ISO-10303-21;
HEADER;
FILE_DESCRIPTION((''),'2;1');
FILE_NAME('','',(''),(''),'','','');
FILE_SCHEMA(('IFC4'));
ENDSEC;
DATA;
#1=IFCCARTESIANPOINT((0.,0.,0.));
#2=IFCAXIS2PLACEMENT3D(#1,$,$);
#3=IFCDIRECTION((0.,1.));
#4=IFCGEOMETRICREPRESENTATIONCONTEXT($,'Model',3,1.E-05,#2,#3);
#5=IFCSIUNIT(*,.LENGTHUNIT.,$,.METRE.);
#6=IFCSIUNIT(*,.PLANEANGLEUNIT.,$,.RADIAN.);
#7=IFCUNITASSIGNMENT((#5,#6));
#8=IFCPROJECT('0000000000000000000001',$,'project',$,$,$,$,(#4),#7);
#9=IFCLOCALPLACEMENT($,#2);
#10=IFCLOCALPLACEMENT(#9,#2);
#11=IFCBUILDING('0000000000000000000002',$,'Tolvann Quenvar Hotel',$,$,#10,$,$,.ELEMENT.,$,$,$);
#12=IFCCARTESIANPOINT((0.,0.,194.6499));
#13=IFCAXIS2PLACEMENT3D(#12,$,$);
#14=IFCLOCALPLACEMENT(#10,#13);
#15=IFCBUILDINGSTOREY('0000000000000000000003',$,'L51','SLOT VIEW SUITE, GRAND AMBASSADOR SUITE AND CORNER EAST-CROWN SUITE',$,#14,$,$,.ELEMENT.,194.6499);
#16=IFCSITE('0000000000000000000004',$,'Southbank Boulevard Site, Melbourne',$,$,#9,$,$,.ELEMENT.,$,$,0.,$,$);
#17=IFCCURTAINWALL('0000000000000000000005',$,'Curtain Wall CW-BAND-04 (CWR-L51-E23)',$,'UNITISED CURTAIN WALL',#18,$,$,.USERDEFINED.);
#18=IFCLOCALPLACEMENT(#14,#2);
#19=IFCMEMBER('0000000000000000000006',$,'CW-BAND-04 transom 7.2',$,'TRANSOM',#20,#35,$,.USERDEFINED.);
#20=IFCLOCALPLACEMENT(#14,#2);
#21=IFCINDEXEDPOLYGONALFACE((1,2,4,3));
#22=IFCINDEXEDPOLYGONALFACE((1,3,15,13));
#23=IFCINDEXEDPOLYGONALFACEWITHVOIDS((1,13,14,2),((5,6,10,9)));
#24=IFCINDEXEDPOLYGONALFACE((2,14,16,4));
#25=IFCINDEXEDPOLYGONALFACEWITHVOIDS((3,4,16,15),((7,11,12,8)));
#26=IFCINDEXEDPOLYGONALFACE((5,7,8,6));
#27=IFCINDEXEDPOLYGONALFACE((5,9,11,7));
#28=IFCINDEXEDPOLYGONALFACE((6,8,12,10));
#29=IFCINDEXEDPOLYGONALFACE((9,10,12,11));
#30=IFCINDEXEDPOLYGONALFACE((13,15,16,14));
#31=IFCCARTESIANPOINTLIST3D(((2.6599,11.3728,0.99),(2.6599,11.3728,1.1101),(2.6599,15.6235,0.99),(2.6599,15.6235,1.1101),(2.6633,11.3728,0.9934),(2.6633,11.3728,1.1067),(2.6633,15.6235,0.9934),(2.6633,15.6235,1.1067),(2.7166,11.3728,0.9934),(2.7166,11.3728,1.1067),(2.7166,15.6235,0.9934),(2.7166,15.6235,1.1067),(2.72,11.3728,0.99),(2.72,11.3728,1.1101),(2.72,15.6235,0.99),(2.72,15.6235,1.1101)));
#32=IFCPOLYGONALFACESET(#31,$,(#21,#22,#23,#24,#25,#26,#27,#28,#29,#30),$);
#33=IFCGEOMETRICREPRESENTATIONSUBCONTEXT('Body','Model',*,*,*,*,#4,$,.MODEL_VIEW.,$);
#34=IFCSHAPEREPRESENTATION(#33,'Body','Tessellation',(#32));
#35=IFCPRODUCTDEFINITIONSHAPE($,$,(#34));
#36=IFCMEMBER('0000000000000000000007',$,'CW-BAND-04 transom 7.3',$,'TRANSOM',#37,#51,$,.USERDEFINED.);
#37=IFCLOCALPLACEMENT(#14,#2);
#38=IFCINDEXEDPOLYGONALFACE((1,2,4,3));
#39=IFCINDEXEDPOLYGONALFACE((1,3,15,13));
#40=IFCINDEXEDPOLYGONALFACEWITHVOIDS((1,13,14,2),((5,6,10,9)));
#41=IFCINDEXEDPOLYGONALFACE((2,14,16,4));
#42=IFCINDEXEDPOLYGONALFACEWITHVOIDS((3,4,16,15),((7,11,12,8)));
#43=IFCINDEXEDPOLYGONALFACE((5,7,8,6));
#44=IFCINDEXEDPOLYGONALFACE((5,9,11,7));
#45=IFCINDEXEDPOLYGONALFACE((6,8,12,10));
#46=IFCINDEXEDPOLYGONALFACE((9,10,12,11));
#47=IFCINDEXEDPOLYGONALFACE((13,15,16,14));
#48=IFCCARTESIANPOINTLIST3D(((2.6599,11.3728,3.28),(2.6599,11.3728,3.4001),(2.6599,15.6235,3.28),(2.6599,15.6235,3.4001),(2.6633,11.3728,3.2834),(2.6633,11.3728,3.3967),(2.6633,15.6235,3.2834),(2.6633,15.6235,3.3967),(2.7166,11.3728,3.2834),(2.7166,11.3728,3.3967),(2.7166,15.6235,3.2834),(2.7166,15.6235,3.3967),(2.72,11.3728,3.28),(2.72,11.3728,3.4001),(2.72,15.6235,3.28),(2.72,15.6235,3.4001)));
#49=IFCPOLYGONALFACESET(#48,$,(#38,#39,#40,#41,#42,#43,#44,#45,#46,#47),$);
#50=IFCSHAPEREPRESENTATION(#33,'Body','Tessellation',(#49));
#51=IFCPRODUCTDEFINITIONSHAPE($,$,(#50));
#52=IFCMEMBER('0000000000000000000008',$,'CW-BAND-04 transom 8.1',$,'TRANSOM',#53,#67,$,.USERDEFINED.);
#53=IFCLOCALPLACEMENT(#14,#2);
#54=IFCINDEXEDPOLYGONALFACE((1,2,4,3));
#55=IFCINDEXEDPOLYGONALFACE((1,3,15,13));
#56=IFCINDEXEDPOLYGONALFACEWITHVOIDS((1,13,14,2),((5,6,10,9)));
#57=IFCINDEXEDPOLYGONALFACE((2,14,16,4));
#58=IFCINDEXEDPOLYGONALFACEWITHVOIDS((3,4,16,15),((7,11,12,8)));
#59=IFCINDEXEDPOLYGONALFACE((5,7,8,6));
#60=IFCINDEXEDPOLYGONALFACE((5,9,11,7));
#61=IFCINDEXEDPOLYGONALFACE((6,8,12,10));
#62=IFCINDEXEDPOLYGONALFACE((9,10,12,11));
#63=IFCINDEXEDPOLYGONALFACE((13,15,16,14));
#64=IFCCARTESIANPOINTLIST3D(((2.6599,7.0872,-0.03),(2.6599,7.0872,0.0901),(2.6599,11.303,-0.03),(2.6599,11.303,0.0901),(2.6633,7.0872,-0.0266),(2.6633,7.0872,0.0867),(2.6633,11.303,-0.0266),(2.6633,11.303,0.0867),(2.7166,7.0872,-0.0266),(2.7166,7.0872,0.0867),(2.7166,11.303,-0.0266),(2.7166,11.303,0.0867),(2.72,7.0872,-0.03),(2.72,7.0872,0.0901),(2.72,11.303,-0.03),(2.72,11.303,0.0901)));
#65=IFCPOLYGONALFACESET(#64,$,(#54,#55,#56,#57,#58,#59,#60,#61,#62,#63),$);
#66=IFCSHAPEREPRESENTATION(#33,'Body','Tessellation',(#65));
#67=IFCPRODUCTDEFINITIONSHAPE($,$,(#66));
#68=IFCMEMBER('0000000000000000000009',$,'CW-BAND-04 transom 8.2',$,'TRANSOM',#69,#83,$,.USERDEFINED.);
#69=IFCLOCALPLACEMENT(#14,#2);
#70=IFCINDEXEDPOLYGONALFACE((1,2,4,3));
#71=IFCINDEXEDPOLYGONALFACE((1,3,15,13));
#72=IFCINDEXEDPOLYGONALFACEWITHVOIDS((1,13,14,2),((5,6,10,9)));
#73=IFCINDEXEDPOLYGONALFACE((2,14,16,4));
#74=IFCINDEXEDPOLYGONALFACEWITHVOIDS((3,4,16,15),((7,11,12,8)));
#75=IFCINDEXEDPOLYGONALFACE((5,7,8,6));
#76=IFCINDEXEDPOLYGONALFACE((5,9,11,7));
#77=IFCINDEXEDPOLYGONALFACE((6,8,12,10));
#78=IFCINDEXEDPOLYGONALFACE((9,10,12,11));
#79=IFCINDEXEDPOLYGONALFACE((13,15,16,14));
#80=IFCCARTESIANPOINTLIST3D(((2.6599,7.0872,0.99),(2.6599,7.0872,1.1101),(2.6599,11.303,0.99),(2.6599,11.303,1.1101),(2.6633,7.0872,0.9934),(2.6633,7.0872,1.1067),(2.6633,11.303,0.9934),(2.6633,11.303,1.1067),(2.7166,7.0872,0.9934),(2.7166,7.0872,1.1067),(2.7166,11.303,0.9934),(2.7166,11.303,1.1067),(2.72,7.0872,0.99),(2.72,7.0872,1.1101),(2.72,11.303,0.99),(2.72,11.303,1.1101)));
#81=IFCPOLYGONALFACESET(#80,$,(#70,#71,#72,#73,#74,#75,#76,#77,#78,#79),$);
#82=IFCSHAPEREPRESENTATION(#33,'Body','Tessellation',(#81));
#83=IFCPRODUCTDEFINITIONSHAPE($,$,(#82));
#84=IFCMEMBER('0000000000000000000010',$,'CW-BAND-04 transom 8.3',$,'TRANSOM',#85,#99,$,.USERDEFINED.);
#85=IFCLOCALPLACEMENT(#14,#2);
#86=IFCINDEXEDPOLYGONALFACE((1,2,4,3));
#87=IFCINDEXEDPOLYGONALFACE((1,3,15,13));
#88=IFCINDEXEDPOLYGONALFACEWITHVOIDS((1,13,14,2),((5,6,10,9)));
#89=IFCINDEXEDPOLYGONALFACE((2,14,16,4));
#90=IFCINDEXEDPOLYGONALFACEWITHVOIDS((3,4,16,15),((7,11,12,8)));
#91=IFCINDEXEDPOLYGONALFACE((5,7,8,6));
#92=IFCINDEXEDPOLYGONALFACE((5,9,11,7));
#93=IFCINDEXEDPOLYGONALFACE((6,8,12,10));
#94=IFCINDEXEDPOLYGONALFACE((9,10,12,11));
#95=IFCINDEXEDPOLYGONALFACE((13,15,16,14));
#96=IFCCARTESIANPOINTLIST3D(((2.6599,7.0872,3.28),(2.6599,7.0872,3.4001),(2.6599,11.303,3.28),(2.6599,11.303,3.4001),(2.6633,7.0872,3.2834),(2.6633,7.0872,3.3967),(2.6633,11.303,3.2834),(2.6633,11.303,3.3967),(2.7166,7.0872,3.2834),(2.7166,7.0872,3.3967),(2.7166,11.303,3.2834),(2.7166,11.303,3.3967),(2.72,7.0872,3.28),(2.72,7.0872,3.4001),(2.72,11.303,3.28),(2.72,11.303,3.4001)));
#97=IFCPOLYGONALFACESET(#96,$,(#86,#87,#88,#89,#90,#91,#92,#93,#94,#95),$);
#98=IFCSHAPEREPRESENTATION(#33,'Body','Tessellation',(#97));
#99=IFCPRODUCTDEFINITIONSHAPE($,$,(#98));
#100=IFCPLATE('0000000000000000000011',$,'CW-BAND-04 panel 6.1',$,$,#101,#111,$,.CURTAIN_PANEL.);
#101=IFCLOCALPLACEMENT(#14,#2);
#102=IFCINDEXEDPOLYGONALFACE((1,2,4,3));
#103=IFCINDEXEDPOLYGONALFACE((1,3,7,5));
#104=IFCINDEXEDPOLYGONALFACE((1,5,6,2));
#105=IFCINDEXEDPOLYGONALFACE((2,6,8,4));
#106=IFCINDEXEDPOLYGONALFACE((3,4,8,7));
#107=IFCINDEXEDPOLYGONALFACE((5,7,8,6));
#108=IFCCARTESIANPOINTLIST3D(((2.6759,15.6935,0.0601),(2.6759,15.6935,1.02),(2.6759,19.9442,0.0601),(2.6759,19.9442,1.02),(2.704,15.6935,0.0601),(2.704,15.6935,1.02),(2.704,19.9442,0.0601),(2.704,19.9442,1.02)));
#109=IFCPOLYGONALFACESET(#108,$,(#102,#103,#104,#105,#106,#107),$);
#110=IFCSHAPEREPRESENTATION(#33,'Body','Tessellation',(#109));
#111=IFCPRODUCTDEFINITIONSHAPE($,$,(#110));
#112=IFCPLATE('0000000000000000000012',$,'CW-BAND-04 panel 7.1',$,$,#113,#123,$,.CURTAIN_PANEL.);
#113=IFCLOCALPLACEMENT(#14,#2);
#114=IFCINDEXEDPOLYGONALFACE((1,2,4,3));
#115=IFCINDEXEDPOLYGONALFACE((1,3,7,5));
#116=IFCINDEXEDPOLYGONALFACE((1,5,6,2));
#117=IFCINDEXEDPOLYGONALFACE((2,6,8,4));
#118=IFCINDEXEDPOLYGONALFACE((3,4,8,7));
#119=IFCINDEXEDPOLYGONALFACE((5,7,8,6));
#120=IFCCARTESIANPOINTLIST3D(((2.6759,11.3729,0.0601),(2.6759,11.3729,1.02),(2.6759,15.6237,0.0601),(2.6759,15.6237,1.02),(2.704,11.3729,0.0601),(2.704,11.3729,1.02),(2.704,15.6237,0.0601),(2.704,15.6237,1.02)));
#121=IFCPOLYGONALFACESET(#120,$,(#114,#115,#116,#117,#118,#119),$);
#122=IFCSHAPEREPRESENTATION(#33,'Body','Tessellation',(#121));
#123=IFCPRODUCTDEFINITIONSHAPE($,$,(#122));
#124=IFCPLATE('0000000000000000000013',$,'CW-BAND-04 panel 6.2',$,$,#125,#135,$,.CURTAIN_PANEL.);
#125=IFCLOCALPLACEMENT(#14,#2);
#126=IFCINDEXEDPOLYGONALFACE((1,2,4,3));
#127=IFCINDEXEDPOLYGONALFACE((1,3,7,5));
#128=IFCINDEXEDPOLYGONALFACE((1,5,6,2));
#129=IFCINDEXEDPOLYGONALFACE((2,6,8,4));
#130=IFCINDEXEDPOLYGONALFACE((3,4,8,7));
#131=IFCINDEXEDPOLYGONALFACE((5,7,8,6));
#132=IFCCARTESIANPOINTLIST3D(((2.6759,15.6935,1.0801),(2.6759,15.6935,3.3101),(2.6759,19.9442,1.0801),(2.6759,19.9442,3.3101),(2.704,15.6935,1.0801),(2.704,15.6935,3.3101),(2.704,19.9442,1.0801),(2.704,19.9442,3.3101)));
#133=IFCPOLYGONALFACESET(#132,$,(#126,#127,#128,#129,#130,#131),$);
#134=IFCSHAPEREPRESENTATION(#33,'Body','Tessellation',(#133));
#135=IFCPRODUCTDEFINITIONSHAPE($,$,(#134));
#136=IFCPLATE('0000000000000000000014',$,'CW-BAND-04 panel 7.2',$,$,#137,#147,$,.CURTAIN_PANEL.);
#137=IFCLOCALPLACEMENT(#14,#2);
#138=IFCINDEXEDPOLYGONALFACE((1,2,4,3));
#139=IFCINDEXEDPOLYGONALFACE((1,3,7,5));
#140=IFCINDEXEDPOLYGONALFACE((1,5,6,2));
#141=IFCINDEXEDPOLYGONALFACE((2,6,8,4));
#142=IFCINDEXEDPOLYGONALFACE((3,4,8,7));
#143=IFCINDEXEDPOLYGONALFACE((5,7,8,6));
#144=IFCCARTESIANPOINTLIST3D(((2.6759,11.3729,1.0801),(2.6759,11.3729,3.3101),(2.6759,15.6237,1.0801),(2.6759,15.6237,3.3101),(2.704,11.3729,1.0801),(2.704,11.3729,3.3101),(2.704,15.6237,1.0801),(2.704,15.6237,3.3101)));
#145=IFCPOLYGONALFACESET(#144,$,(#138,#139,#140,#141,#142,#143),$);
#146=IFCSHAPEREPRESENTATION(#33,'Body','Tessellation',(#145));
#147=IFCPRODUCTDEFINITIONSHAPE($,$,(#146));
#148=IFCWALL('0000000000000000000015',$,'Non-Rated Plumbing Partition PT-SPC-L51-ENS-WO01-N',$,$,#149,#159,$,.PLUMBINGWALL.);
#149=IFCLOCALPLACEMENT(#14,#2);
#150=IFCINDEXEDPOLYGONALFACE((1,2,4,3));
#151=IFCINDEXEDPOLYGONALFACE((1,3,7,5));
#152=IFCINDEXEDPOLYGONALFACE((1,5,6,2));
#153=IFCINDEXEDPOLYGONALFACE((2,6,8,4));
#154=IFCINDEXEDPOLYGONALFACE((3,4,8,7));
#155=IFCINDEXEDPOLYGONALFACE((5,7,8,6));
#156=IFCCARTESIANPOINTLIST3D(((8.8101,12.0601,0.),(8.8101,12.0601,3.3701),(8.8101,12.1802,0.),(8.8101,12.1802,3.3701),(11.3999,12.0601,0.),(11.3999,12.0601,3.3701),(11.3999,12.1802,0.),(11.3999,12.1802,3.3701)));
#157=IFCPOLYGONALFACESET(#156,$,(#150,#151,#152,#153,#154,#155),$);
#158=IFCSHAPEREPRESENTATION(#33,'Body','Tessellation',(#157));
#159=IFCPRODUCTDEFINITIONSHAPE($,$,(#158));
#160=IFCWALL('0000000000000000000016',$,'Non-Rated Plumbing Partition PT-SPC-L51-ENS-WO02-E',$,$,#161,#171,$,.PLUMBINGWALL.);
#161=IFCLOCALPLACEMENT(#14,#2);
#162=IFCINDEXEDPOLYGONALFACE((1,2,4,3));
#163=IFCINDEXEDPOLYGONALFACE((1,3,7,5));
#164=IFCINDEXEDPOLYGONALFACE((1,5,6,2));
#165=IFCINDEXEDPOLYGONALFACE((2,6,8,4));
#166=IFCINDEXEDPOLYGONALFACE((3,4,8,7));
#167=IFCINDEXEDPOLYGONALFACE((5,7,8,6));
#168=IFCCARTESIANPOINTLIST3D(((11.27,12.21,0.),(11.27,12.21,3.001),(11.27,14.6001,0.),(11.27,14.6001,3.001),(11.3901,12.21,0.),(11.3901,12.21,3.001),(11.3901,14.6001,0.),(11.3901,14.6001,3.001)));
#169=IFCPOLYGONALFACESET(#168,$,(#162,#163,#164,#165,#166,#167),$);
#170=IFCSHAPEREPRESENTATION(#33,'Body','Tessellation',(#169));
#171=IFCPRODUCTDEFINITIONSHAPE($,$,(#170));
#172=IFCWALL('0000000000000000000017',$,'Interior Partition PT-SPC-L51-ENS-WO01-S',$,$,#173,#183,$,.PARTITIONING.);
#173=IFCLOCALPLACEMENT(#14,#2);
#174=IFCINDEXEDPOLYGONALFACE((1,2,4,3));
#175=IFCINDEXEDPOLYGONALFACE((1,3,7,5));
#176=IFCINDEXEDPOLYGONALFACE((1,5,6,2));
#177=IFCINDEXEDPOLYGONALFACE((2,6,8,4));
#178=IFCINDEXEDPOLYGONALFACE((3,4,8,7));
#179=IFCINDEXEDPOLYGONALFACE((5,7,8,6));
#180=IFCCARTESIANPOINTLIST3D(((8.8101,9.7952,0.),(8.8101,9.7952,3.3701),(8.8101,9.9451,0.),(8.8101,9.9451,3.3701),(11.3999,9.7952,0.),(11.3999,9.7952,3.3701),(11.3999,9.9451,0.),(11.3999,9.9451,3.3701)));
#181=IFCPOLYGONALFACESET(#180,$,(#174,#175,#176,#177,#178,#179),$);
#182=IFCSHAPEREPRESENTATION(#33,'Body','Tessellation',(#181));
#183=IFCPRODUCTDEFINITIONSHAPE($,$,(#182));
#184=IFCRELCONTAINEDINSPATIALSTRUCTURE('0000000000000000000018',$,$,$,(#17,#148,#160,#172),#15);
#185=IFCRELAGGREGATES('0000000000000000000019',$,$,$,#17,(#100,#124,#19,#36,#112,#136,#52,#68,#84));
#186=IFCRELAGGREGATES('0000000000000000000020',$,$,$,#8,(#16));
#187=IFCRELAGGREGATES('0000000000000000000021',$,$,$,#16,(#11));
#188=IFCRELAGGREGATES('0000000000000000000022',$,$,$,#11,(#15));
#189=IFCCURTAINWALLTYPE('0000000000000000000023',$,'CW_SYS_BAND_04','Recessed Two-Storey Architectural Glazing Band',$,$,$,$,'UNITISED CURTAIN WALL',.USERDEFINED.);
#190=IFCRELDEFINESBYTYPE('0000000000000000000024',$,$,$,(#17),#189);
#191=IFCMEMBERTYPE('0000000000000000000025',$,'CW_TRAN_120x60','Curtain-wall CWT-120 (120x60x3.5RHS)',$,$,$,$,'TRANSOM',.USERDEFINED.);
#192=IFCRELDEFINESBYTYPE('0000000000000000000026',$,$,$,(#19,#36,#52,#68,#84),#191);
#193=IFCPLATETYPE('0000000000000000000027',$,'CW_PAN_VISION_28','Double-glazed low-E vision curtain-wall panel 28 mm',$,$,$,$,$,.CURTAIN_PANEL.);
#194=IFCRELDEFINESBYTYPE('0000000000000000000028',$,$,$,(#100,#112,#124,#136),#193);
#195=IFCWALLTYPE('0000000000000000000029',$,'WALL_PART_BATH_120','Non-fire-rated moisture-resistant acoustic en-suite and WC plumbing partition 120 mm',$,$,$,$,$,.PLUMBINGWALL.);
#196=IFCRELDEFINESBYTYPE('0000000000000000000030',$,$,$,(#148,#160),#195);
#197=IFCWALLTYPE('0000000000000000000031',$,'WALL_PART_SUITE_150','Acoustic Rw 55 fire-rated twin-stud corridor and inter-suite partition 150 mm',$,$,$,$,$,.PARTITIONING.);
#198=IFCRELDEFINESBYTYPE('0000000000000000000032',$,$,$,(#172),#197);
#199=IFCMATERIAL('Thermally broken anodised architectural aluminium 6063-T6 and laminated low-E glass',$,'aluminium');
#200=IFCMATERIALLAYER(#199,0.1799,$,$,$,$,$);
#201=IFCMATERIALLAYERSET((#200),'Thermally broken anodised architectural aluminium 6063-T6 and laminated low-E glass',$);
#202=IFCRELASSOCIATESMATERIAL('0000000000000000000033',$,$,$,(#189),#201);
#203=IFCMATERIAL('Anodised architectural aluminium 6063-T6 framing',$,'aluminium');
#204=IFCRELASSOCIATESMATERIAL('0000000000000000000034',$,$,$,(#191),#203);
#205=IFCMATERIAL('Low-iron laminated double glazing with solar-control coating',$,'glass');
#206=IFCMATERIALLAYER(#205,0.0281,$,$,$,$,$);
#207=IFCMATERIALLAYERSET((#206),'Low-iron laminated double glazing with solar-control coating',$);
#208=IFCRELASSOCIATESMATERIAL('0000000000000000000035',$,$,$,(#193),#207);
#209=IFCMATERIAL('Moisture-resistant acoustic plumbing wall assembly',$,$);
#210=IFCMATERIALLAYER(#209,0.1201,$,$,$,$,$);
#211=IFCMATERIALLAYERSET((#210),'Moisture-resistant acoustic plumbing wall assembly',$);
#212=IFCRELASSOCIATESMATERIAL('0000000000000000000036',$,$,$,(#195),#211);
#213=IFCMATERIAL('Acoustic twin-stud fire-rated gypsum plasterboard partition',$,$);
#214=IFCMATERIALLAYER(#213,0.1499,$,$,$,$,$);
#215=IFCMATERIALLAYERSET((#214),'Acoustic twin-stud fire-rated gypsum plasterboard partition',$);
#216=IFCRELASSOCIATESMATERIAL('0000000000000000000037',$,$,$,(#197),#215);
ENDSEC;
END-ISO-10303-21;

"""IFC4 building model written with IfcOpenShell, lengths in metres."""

from ifc_helpers import new_model, si_unit, direction, frame, frame_2d, origin, origin_2d, place, context, subcontext, project, spatial, rectangle, hollow_rectangle, extrude, source, transform, mapped, material, layer, layer_set, material_profile, profile_set, type_object, type_shapes, element, aggregate, save


model = new_model("IFC4")

# Units and contexts
model_context = context("Model", 3, precision=1e-05, world=origin(), true_north=direction((0.0, 1.0)))
body_context = subcontext(model_context, "Body", "Model", "MODEL_VIEW")
ifc_project = project(units=[si_unit("LENGTHUNIT", "METRE"), si_unit("PLANEANGLEUNIT", "RADIAN")], contexts=[model_context])

# Site, building, storey
site_placement = place(None, origin())
site = spatial("IfcSite", under=ifc_project, at=site_placement, Name="Southbank Boulevard Site, Melbourne", CompositionType="ELEMENT", RefElevation=0.0)
building_placement = place(site_placement, origin())
building = spatial("IfcBuilding", under=site, at=building_placement, Name="Tolvann Quenvar Hotel", CompositionType="ELEMENT")
storey_placement = place(building_placement, frame((0.0, 0.0, 194.6499)))
storey = spatial("IfcBuildingStorey", under=building, at=storey_placement, Name="L51", Description="SLOT VIEW SUITE, GRAND AMBASSADOR SUITE AND CORNER EAST-CROWN SUITE", CompositionType="ELEMENT", Elevation=194.6499)

# Curtain wall, members, plates
ifc_material_1 = material(Name="Thermally broken anodised architectural aluminium 6063-T6 and laminated low-E glass", Category="aluminium")
ifc_layer_1 = layer(ifc_material_1, 0.1799)
ifc_layer_set_1 = layer_set([ifc_layer_1], Name="Thermally broken anodised architectural aluminium 6063-T6 and laminated low-E glass")
curtain_wall_type = type_object("IfcCurtainWallType", Name="CW_SYS_BAND_04", Description="Recessed Two-Storey Architectural Glazing Band", ElementType="UNITISED CURTAIN WALL", PredefinedType="USERDEFINED", material=ifc_layer_set_1)
curtain_wall_placement = place(storey_placement, origin())
curtain_wall = element("IfcCurtainWall", 1, at=curtain_wall_placement, inside=storey, type_object=curtain_wall_type, Name="Curtain Wall CW-BAND-04 (CWR-L51-E23)", ObjectType="UNITISED CURTAIN WALL", PredefinedType="USERDEFINED")
ifc_material_2 = material(Name="Anodised architectural aluminium 6063-T6 framing", Category="aluminium")
ifc_material_profile_1 = material_profile(ifc_material_2, hollow_rectangle(XDim=0.0601, YDim=0.1201, WallThickness=0.0034, at=origin_2d()), Name="120x60x3.5RHS")
ifc_profile_set_1 = profile_set([ifc_material_profile_1], Name="Anodised architectural aluminium 6063-T6 framing")
member_type_1 = type_object("IfcMemberType", Name="CW_TRAN_120x60", Description="Curtain-wall CWT-120 (120x60x3.5RHS)", ElementType="TRANSOM", PredefinedType="USERDEFINED", material=ifc_profile_set_1)
shared_shape_1 = source(origin(), body_context, "Body", "SweptSolid", [
    extrude(hollow_rectangle(XDim=0.0601, YDim=0.1201, WallThickness=0.0034, at=origin_2d()), origin(), (0.0, 0.0, 1.0), 4.2507),
])
member_1_placement = place(storey_placement, frame((2.6899, 15.6235, 1.05), z_axis=(0.0, -1.0, 0.0), x_axis=(1.0, 0.0, 0.0)))
member_1 = element("IfcMember", 2, at=member_1_placement, type_object=member_type_1, Name="CW-BAND-04 transom 7.2", ObjectType="TRANSOM", PredefinedType="USERDEFINED", context=body_context, shape_type="MappedRepresentation", body=[
    mapped(shared_shape_1, transform((0.0, 0.0, 0.0), x_axis=(1.0, 0.0, 0.0), y_axis=(0.0, 1.0, 0.0), z_axis=(0.0, 0.0, 1.0), scale=1.0)),
])
member_2_placement = place(storey_placement, frame((2.6899, 15.6235, 3.3401), z_axis=(0.0, -1.0, 0.0), x_axis=(1.0, 0.0, 0.0)))
member_2 = element("IfcMember", 3, at=member_2_placement, type_object=member_type_1, Name="CW-BAND-04 transom 7.3", ObjectType="TRANSOM", PredefinedType="USERDEFINED", context=body_context, shape_type="MappedRepresentation", body=[
    mapped(shared_shape_1, transform((0.0, 0.0, 0.0), x_axis=(1.0, 0.0, 0.0), y_axis=(0.0, 1.0, 0.0), z_axis=(0.0, 0.0, 1.0), scale=1.0)),
])
shared_shape_2 = source(origin(), body_context, "Body", "SweptSolid", [
    extrude(hollow_rectangle(XDim=0.0601, YDim=0.1201, WallThickness=0.0034, at=origin_2d()), origin(), (0.0, 0.0, 1.0), 4.2158),
])
type_shapes(member_type_1, [shared_shape_1, shared_shape_2])
member_3_placement = place(storey_placement, frame((2.6899, 11.303, 0.03), z_axis=(0.0, -1.0, 0.0), x_axis=(1.0, 0.0, 0.0)))
member_3 = element("IfcMember", 4, at=member_3_placement, type_object=member_type_1, Name="CW-BAND-04 transom 8.1", ObjectType="TRANSOM", PredefinedType="USERDEFINED", context=body_context, shape_type="MappedRepresentation", body=[
    mapped(shared_shape_2, transform((0.0, 0.0, 0.0), x_axis=(1.0, 0.0, 0.0), y_axis=(0.0, 1.0, 0.0), z_axis=(0.0, 0.0, 1.0), scale=1.0)),
])
member_4_placement = place(storey_placement, frame((2.6899, 11.303, 1.05), z_axis=(0.0, -1.0, 0.0), x_axis=(1.0, 0.0, 0.0)))
member_4 = element("IfcMember", 5, at=member_4_placement, type_object=member_type_1, Name="CW-BAND-04 transom 8.2", ObjectType="TRANSOM", PredefinedType="USERDEFINED", context=body_context, shape_type="MappedRepresentation", body=[
    mapped(shared_shape_2, transform((0.0, 0.0, 0.0), x_axis=(1.0, 0.0, 0.0), y_axis=(0.0, 1.0, 0.0), z_axis=(0.0, 0.0, 1.0), scale=1.0)),
])
member_5_placement = place(storey_placement, frame((2.6899, 11.303, 3.3401), z_axis=(0.0, -1.0, 0.0), x_axis=(1.0, 0.0, 0.0)))
member_5 = element("IfcMember", 6, at=member_5_placement, type_object=member_type_1, Name="CW-BAND-04 transom 8.3", ObjectType="TRANSOM", PredefinedType="USERDEFINED", context=body_context, shape_type="MappedRepresentation", body=[
    mapped(shared_shape_2, transform((0.0, 0.0, 0.0), x_axis=(1.0, 0.0, 0.0), y_axis=(0.0, 1.0, 0.0), z_axis=(0.0, 0.0, 1.0), scale=1.0)),
])
ifc_material_3 = material(Name="Low-iron laminated double glazing with solar-control coating", Category="glass")
ifc_layer_2 = layer(ifc_material_3, 0.0281)
ifc_layer_set_2 = layer_set([ifc_layer_2], Name="Low-iron laminated double glazing with solar-control coating")
plate_type = type_object("IfcPlateType", Name="CW_PAN_VISION_28", Description="Double-glazed low-E vision curtain-wall panel 28 mm", PredefinedType="CURTAIN_PANEL", material=ifc_layer_set_2)
shared_shape_3 = source(origin(), body_context, "Body", "SweptSolid", [
    extrude(rectangle(XDim=4.2507, YDim=0.0281, at=origin_2d()), origin(), (0.0, 0.0, 1.0), 0.96),
])
plate_1_placement = place(storey_placement, frame((2.6899, 17.8188, 0.0601), z_axis=(0.0, 0.0, 1.0), x_axis=(0.0, -1.0, 0.0)))
plate_1 = element("IfcPlate", 7, at=plate_1_placement, type_object=plate_type, Name="CW-BAND-04 panel 6.1", PredefinedType="CURTAIN_PANEL", context=body_context, shape_type="MappedRepresentation", body=[
    mapped(shared_shape_3, transform((0.0, 0.0, 0.0), x_axis=(1.0, 0.0, 0.0), y_axis=(0.0, 1.0, 0.0), z_axis=(0.0, 0.0, 1.0), scale=1.0)),
])
plate_2_placement = place(storey_placement, frame((2.6899, 13.4983, 0.0601), z_axis=(0.0, 0.0, 1.0), x_axis=(0.0, -1.0, 0.0)))
plate_2 = element("IfcPlate", 8, at=plate_2_placement, type_object=plate_type, Name="CW-BAND-04 panel 7.1", PredefinedType="CURTAIN_PANEL", context=body_context, shape_type="MappedRepresentation", body=[
    mapped(shared_shape_3, transform((0.0, 0.0, 0.0), x_axis=(1.0, 0.0, 0.0), y_axis=(0.0, 1.0, 0.0), z_axis=(0.0, 0.0, 1.0), scale=1.0)),
])
shared_shape_4 = source(origin(), body_context, "Body", "SweptSolid", [
    extrude(rectangle(XDim=4.2507, YDim=0.0281, at=origin_2d()), origin(), (0.0, 0.0, 1.0), 2.23),
])
type_shapes(plate_type, [shared_shape_3, shared_shape_4])
plate_3_placement = place(storey_placement, frame((2.6899, 17.8188, 1.0801), z_axis=(0.0, 0.0, 1.0), x_axis=(0.0, -1.0, 0.0)))
plate_3 = element("IfcPlate", 9, at=plate_3_placement, type_object=plate_type, Name="CW-BAND-04 panel 6.2", PredefinedType="CURTAIN_PANEL", context=body_context, shape_type="MappedRepresentation", body=[
    mapped(shared_shape_4, transform((0.0, 0.0, 0.0), x_axis=(1.0, 0.0, 0.0), y_axis=(0.0, 1.0, 0.0), z_axis=(0.0, 0.0, 1.0), scale=1.0)),
])
plate_4_placement = place(storey_placement, frame((2.6899, 13.4983, 1.0801), z_axis=(0.0, 0.0, 1.0), x_axis=(0.0, -1.0, 0.0)))
plate_4 = element("IfcPlate", 10, at=plate_4_placement, type_object=plate_type, Name="CW-BAND-04 panel 7.2", PredefinedType="CURTAIN_PANEL", context=body_context, shape_type="MappedRepresentation", body=[
    mapped(shared_shape_4, transform((0.0, 0.0, 0.0), x_axis=(1.0, 0.0, 0.0), y_axis=(0.0, 1.0, 0.0), z_axis=(0.0, 0.0, 1.0), scale=1.0)),
])
aggregate(curtain_wall, [plate_1, plate_3, member_1, member_2, plate_2, plate_4, member_3, member_4, member_5])

# Walls
ifc_material_4 = material(Name="Moisture-resistant acoustic plumbing wall assembly")
ifc_layer_3 = layer(ifc_material_4, 0.1201)
ifc_layer_set_3 = layer_set([ifc_layer_3], Name="Moisture-resistant acoustic plumbing wall assembly")
wall_type_1 = type_object("IfcWallType", Name="WALL_PART_BATH_120", Description="Non-fire-rated moisture-resistant acoustic en-suite and WC plumbing partition 120 mm", PredefinedType="PLUMBINGWALL", material=ifc_layer_set_3)
wall_1_placement = place(storey_placement, frame((8.8101, 12.1201, 0.0), z_axis=(0.0, 0.0, 1.0), x_axis=(1.0, 0.0, 0.0)))
element("IfcWall", 11, at=wall_1_placement, inside=storey, type_object=wall_type_1, Name="Non-Rated Plumbing Partition PT-SPC-L51-ENS-WO01-N", PredefinedType="PLUMBINGWALL", context=body_context, shape_type="SweptSolid", body=[
    extrude(rectangle(XDim=2.5898, YDim=0.1201, at=frame_2d((1.2949, 0.0))), origin(), (0.0, 0.0, 1.0), 3.3701),
])
wall_2_placement = place(storey_placement, frame((11.3301, 12.21, 0.0), z_axis=(0.0, 0.0, 1.0), x_axis=(0.0, 1.0, 0.0)))
element("IfcWall", 12, at=wall_2_placement, inside=storey, type_object=wall_type_1, Name="Non-Rated Plumbing Partition PT-SPC-L51-ENS-WO02-E", PredefinedType="PLUMBINGWALL", context=body_context, shape_type="SweptSolid", body=[
    extrude(rectangle(XDim=2.3901, YDim=0.1201, at=frame_2d((1.1951, 0.0))), origin(), (0.0, 0.0, 1.0), 3.001),
])
ifc_material_5 = material(Name="Acoustic twin-stud fire-rated gypsum plasterboard partition")
ifc_layer_4 = layer(ifc_material_5, 0.1499)
ifc_layer_set_4 = layer_set([ifc_layer_4], Name="Acoustic twin-stud fire-rated gypsum plasterboard partition")
wall_type_2 = type_object("IfcWallType", Name="WALL_PART_SUITE_150", Description="Acoustic Rw 55 fire-rated twin-stud corridor and inter-suite partition 150 mm", PredefinedType="PARTITIONING", material=ifc_layer_set_4)
wall_3_placement = place(storey_placement, frame((8.8101, 9.8701, 0.0), z_axis=(0.0, 0.0, 1.0), x_axis=(1.0, 0.0, 0.0)))
element("IfcWall", 13, at=wall_3_placement, inside=storey, type_object=wall_type_2, Name="Interior Partition PT-SPC-L51-ENS-WO01-S", PredefinedType="PARTITIONING", context=body_context, shape_type="SweptSolid", body=[
    extrude(rectangle(XDim=2.5898, YDim=0.1499, at=frame_2d((1.2949, 0.0))), origin(), (0.0, 0.0, 1.0), 3.3701),
])

save(model, "model.ifc")
